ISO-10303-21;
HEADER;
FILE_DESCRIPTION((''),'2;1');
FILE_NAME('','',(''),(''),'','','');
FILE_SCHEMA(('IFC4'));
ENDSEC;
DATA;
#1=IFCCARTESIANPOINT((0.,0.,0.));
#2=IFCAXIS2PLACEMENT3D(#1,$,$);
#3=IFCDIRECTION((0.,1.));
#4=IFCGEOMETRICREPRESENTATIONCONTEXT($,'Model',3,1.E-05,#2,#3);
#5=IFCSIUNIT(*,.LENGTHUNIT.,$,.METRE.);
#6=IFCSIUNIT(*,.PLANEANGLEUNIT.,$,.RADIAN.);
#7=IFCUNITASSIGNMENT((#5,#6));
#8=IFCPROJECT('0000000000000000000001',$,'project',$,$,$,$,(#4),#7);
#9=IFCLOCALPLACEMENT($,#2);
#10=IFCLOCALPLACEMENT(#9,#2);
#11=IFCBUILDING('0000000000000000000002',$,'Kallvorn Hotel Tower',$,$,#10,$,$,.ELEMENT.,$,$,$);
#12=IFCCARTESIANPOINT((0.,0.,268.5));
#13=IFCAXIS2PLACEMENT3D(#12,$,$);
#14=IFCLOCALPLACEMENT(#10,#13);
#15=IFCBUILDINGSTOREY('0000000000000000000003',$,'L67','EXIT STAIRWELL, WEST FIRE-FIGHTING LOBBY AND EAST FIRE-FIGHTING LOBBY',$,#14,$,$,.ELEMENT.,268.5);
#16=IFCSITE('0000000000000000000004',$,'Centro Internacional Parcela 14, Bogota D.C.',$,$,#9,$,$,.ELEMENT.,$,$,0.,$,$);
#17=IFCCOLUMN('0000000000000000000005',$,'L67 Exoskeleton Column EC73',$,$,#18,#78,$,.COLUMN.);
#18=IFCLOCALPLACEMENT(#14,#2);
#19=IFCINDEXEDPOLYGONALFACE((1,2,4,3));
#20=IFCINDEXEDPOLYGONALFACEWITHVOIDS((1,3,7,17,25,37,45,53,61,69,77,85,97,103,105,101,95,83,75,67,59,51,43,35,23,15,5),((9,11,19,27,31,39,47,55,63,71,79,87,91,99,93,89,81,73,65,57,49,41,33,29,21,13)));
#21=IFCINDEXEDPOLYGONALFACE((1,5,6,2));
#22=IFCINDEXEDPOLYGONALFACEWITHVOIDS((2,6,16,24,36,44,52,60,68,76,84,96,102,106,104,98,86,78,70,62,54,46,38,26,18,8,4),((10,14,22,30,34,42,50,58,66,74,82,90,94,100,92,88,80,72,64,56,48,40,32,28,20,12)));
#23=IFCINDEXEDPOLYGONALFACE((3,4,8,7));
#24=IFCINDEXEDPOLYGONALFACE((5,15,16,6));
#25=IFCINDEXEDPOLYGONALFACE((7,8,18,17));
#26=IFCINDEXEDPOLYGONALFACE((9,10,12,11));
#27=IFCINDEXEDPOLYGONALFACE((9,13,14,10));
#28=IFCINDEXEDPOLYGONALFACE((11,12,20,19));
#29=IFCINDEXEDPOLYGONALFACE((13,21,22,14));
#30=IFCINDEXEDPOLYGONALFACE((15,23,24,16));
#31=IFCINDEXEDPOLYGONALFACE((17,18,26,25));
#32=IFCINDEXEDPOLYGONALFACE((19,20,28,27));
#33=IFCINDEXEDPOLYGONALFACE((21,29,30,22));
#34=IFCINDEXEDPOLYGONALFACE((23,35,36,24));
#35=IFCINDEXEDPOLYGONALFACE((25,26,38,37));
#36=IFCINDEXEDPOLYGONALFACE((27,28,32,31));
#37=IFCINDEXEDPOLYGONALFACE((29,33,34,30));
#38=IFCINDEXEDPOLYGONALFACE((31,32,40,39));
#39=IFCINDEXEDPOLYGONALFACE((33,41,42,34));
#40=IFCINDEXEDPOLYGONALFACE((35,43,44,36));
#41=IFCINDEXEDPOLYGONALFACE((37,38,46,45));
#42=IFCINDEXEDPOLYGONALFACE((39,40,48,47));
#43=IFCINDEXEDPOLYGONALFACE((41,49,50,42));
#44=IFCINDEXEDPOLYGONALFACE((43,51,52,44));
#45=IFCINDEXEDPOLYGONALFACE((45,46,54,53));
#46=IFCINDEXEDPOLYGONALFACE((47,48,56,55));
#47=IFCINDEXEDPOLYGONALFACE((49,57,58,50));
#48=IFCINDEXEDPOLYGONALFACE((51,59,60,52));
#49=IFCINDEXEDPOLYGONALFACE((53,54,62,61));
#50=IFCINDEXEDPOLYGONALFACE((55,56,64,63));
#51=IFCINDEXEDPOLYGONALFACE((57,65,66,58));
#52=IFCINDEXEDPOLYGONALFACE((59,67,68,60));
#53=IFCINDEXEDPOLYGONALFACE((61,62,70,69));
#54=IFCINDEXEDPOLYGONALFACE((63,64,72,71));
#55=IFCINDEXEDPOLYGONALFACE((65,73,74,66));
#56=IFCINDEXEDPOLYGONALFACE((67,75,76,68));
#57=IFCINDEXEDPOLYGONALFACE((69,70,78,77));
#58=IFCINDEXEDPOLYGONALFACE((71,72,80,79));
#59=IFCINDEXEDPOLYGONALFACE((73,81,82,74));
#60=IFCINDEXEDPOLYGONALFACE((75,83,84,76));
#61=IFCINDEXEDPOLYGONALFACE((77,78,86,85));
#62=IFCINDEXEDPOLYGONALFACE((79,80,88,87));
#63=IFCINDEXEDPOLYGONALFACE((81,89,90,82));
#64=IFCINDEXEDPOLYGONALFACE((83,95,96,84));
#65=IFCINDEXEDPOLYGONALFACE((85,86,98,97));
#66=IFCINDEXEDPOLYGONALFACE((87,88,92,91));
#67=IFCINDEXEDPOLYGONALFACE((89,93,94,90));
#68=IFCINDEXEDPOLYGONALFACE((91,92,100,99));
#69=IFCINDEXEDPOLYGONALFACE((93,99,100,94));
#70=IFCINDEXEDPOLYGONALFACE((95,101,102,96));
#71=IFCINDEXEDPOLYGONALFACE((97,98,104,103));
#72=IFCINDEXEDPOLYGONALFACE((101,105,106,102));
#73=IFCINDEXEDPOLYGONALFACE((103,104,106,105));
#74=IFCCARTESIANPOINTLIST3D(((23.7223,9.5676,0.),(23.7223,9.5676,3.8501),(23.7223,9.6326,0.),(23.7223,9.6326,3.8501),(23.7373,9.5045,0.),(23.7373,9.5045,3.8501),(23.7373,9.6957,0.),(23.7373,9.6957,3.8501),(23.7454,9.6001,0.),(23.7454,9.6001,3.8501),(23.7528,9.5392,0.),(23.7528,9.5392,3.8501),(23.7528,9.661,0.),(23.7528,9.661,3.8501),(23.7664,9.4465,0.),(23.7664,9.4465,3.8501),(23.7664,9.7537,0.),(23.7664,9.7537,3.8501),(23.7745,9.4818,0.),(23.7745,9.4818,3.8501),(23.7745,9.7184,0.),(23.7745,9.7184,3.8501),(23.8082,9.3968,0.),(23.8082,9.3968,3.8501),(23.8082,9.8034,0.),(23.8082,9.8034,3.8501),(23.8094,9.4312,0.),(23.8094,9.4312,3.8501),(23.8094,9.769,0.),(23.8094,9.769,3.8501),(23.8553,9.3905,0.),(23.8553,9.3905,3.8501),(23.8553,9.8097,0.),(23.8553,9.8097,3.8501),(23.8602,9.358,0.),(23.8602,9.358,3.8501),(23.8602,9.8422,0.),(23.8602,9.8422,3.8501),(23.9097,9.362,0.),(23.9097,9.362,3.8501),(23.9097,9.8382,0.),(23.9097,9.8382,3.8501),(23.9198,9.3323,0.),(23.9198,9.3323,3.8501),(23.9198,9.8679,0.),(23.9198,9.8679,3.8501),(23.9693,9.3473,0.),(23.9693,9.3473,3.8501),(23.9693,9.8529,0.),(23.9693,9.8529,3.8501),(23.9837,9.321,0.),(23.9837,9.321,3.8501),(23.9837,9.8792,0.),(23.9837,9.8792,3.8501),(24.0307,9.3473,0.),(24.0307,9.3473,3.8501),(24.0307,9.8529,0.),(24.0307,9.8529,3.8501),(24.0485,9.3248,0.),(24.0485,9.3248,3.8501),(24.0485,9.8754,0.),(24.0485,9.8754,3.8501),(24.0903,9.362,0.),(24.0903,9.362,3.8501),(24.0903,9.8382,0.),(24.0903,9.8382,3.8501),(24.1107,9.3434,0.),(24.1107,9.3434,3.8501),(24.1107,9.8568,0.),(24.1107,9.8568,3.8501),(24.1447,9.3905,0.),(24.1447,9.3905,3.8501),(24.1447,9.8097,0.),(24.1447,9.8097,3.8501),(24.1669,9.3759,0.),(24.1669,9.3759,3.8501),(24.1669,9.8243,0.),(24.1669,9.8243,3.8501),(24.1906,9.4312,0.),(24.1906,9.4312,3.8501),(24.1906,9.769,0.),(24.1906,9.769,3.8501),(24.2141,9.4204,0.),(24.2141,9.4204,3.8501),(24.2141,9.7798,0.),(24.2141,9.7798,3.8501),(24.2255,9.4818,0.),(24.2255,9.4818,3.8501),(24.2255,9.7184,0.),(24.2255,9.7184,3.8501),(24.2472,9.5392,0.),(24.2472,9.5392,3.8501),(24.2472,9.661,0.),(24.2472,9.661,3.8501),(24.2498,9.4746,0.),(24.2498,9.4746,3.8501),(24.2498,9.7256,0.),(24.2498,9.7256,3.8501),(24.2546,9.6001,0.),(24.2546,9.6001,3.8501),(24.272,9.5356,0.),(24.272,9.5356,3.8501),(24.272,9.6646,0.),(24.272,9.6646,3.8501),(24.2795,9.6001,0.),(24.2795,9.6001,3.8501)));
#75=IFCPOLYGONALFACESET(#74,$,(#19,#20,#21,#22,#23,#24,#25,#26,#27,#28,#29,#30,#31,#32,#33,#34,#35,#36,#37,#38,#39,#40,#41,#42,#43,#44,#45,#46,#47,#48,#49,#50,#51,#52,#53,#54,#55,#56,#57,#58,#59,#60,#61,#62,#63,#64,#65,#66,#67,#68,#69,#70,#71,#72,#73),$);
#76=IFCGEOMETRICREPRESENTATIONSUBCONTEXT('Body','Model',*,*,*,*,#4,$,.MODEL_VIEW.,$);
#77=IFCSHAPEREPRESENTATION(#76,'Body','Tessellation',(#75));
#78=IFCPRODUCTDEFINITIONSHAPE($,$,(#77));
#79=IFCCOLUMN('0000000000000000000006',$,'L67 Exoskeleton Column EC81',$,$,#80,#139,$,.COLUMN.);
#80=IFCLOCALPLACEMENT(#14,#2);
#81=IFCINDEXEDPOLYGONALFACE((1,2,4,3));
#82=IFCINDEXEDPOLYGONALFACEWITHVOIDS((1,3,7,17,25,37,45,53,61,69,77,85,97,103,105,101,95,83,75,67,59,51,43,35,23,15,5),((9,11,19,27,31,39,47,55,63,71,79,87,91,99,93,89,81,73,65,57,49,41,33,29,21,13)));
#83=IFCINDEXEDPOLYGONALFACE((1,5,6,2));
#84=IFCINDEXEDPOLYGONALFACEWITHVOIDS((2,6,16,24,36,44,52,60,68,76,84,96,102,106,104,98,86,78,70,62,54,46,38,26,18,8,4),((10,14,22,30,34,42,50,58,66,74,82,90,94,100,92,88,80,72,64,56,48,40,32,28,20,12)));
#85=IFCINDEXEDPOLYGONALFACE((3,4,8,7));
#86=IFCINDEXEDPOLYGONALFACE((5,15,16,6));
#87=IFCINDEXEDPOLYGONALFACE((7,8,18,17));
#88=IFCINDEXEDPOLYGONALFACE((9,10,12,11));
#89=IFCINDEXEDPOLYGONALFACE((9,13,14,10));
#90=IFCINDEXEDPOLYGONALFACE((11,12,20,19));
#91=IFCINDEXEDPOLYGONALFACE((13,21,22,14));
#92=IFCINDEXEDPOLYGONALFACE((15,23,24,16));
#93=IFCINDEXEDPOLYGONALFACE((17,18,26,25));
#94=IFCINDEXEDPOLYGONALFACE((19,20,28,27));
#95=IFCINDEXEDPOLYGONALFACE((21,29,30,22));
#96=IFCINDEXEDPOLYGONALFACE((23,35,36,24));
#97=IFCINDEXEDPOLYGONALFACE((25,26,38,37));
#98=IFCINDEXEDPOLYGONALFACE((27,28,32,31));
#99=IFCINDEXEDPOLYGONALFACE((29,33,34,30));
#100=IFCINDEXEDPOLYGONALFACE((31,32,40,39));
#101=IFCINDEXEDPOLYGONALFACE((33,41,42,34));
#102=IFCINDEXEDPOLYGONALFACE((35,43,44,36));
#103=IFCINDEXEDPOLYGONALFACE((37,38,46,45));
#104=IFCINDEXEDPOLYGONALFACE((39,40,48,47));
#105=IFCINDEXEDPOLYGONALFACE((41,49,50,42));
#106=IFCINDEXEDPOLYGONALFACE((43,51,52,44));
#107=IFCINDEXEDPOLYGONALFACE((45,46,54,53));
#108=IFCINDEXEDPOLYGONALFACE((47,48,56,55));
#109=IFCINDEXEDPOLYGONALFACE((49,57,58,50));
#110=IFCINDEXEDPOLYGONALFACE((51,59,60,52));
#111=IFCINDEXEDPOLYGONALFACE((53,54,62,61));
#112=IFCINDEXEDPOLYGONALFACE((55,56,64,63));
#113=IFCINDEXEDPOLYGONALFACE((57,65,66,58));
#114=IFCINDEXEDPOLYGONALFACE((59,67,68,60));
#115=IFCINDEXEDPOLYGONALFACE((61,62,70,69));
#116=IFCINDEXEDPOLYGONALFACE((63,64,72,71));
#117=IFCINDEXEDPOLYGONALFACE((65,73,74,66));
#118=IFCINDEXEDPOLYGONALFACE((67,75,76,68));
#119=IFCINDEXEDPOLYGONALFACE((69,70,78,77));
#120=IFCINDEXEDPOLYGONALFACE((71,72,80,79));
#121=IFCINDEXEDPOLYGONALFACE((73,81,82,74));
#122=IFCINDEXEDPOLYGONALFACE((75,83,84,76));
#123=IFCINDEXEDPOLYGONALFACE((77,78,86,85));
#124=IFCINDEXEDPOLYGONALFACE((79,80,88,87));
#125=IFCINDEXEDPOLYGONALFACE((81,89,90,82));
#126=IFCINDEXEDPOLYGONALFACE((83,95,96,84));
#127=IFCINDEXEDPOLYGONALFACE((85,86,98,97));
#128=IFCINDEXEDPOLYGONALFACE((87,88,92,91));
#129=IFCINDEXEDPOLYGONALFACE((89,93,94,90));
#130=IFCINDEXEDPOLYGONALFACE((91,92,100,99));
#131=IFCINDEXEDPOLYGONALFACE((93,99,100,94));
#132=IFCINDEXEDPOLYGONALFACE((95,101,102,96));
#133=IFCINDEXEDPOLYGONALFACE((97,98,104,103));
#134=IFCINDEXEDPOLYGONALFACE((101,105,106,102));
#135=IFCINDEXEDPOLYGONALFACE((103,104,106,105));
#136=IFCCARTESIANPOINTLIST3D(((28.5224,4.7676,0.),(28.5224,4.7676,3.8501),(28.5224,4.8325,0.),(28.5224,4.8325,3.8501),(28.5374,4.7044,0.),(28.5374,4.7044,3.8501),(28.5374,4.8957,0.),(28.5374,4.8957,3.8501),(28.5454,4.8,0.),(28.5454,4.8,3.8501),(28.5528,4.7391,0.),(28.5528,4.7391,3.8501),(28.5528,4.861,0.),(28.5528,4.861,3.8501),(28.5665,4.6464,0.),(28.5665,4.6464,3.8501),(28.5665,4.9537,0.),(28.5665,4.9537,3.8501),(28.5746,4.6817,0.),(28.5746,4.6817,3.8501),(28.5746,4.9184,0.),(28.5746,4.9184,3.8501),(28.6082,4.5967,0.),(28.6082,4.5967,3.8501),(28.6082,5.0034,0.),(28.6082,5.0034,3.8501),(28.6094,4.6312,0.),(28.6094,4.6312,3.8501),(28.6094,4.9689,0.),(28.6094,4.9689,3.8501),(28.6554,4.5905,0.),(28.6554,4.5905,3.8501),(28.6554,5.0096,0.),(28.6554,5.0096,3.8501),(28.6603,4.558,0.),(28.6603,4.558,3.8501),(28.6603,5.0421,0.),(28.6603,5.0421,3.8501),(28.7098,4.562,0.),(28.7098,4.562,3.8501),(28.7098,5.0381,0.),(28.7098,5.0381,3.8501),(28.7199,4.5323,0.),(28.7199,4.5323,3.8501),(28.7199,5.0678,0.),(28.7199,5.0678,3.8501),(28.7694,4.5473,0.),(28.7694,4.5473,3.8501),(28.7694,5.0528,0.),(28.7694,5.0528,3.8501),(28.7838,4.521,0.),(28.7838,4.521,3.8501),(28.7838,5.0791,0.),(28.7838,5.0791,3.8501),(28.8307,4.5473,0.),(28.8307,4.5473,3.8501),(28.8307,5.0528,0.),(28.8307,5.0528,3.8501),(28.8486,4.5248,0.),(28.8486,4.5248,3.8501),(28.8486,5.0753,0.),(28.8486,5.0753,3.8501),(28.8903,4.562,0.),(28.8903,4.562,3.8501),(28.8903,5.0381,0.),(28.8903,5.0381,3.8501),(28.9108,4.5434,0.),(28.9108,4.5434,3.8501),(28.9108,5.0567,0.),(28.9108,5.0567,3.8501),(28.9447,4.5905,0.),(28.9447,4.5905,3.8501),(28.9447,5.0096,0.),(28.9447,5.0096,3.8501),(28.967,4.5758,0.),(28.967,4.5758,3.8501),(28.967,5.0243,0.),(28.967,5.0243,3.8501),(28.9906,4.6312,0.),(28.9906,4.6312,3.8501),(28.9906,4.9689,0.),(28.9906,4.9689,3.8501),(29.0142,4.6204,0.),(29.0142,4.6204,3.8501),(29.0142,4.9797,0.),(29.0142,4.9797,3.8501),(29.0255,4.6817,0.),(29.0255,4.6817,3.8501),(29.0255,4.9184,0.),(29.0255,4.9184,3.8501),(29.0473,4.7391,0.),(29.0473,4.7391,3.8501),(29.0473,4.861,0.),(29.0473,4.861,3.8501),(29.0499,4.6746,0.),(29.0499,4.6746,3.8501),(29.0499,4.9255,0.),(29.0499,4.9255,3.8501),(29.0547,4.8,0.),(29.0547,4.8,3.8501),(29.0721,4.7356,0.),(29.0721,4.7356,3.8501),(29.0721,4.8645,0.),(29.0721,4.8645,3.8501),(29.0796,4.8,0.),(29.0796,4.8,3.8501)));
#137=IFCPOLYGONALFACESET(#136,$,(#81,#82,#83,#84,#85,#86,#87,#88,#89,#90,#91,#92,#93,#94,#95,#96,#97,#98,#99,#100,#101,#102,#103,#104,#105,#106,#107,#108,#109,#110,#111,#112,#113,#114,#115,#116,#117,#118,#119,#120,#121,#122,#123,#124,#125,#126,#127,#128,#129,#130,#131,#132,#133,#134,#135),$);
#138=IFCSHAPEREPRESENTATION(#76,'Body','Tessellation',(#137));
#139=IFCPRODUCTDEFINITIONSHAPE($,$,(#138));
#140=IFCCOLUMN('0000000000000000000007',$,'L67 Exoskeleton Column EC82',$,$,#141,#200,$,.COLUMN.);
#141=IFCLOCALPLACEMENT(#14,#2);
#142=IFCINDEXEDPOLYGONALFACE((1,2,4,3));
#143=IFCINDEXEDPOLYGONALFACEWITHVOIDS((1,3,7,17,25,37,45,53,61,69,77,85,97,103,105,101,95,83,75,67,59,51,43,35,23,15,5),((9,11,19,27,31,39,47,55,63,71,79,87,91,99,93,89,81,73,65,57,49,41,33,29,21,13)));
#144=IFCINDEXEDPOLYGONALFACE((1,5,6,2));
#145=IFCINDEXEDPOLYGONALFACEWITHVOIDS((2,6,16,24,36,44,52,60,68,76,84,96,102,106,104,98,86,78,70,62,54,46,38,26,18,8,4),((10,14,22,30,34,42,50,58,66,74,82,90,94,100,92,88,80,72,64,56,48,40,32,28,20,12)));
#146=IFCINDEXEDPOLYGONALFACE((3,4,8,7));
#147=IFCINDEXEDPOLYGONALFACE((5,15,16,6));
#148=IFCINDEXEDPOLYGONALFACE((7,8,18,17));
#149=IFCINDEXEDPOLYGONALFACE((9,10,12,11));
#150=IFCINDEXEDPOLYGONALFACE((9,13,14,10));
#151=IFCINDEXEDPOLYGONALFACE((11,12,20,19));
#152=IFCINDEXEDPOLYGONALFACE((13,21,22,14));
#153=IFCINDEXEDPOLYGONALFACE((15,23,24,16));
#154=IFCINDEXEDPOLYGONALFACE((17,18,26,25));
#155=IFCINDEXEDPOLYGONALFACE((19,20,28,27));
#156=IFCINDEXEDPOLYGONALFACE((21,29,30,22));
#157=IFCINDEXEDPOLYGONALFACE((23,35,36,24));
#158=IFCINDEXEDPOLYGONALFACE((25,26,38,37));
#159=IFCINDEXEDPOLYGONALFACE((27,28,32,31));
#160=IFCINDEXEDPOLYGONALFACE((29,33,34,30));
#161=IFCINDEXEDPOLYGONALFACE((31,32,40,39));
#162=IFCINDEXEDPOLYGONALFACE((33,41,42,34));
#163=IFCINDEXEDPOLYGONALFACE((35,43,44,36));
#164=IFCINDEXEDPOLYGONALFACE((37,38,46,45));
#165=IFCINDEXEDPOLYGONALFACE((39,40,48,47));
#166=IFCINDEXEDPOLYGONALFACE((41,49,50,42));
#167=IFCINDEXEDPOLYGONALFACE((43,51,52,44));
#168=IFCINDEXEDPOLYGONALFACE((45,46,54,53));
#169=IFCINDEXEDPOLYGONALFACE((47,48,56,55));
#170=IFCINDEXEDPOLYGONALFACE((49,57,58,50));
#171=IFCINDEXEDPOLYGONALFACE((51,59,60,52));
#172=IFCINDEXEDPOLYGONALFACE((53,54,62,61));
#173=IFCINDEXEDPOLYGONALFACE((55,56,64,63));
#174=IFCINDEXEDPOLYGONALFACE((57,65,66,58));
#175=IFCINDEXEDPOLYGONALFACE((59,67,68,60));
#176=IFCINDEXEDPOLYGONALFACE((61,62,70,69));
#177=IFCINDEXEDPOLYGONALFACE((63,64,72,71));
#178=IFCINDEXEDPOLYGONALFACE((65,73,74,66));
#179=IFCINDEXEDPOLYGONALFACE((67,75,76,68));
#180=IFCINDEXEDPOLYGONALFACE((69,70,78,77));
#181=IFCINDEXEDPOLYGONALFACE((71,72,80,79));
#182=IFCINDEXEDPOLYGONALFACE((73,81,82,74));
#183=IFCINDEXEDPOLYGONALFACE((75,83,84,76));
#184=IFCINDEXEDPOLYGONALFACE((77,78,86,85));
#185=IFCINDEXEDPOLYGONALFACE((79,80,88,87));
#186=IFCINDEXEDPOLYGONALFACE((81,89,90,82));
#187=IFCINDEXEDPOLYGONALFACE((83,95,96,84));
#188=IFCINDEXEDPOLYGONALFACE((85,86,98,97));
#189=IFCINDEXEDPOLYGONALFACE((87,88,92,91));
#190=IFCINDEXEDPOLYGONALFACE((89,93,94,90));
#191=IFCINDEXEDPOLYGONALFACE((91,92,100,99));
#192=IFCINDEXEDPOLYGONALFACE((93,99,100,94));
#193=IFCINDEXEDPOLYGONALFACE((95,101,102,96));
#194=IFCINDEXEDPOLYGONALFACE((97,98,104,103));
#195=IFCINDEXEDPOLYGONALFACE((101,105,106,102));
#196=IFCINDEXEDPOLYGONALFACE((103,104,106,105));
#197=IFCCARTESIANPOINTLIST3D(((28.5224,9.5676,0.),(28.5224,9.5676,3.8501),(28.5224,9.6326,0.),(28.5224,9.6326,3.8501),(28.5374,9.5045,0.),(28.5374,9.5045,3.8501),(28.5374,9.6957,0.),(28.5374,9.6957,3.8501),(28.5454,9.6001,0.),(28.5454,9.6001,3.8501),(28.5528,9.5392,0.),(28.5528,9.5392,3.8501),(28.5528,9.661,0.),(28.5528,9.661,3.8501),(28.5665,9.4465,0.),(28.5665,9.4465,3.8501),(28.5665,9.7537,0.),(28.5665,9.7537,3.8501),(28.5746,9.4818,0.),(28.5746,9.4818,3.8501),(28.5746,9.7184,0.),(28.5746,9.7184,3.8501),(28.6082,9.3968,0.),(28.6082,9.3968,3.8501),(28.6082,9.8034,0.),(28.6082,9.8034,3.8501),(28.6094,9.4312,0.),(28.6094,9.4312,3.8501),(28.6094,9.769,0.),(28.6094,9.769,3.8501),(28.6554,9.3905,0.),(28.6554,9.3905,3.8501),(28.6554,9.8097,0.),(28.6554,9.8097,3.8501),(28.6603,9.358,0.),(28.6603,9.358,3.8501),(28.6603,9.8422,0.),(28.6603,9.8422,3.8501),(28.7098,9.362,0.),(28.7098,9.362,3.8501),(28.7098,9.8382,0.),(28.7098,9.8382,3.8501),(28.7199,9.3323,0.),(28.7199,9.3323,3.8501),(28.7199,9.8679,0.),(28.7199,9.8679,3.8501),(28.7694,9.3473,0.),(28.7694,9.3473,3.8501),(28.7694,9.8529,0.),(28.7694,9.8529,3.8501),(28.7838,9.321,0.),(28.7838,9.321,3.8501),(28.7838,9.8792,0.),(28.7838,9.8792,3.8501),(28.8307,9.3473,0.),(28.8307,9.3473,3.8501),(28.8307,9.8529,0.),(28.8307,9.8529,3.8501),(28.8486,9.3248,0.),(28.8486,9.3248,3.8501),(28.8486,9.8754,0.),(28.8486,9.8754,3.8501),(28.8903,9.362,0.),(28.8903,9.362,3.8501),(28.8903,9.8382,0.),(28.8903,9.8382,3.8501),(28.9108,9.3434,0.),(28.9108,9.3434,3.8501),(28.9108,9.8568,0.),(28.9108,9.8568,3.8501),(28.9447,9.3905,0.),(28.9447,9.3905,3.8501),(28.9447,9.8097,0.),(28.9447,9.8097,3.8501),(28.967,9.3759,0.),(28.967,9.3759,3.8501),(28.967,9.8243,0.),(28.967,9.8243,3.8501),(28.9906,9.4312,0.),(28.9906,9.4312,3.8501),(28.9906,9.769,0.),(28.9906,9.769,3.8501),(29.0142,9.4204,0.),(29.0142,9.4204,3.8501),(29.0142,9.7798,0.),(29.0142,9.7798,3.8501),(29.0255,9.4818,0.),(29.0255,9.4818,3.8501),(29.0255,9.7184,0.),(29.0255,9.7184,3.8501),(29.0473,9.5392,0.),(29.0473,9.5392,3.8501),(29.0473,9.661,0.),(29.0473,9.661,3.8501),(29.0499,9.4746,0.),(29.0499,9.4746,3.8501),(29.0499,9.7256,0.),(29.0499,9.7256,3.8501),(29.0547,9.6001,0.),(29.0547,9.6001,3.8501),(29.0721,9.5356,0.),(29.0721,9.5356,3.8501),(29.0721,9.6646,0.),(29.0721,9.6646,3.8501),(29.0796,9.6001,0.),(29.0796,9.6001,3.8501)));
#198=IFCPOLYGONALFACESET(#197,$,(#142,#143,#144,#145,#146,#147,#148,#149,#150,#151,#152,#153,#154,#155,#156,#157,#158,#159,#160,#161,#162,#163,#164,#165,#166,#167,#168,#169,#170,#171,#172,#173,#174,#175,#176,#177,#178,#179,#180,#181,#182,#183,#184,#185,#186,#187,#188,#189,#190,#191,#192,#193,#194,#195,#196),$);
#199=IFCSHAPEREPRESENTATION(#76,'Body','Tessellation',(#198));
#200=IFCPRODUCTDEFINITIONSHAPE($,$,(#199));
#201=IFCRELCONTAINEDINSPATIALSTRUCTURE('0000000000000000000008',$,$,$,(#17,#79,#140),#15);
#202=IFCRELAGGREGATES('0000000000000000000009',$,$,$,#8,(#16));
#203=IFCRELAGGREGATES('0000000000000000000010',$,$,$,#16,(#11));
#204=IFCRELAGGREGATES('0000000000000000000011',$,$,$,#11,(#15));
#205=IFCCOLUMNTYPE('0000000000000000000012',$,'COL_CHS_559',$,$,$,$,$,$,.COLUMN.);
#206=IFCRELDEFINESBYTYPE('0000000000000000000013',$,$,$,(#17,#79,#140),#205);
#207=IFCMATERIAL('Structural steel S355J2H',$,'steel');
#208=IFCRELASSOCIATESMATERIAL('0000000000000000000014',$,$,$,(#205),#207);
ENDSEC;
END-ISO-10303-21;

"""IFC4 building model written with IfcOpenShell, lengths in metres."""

from ifc_helpers import new_model, si_unit, direction, frame, origin, origin_2d, place, context, subcontext, project, spatial, hollow_circle, extrude, material, material_profile, profile_set, type_object, element, save


model = new_model("IFC4")

# Units and contexts
model_context = context("Model", 3, precision=1e-05, world=origin(), true_north=direction((0.0, 1.0)))
body_context = subcontext(model_context, "Body", "Model", "MODEL_VIEW")
ifc_project = project(units=[si_unit("LENGTHUNIT", "METRE"), si_unit("PLANEANGLEUNIT", "RADIAN")], contexts=[model_context])

# Site, building, storey
site_placement = place(None, origin())
site = spatial("IfcSite", under=ifc_project, at=site_placement, Name="Centro Internacional Parcela 14, Bogota D.C.", CompositionType="ELEMENT", RefElevation=0.0)
building_placement = place(site_placement, origin())
building = spatial("IfcBuilding", under=site, at=building_placement, Name="Kallvorn Hotel Tower", CompositionType="ELEMENT")
storey_placement = place(building_placement, frame((0.0, 0.0, 268.5)))
storey = spatial("IfcBuildingStorey", under=building, at=storey_placement, Name="L67", Description="EXIT STAIRWELL, WEST FIRE-FIGHTING LOBBY AND EAST FIRE-FIGHTING LOBBY", CompositionType="ELEMENT", Elevation=268.5)

# Columns
ifc_material_1 = material(Name="Structural steel S355J2H", Category="steel")
ifc_material_profile_1 = material_profile(ifc_material_1, hollow_circle(Radius=0.2795, WallThickness=0.0249, at=origin_2d()), Name="CHS 559x25")
ifc_profile_set_1 = profile_set([ifc_material_profile_1], Name="Structural steel S355J2H")
column_type_1 = type_object("IfcColumnType", Name="COL_CHS_559", PredefinedType="COLUMN", material=ifc_profile_set_1)
for number, where, z_axis, x_axis, name in (
    (1, (24.0, 9.6001, 0.0), (0.0, 0.0, 1.0), (1.0, 0.0, 0.0), "L67 Exoskeleton Column EC73"),
    (2, (28.8, 4.8, 0.0), (0.0, 0.0, 1.0), (1.0, 0.0, 0.0), "L67 Exoskeleton Column EC81"),
    (3, (28.8, 9.6001, 0.0), (0.0, 0.0, 1.0), (1.0, 0.0, 0.0), "L67 Exoskeleton Column EC82"),
):
    element("IfcColumn", number, at=place(storey_placement, frame(where, z_axis=z_axis, x_axis=x_axis)), inside=storey, type_object=column_type_1, Name=name, PredefinedType="COLUMN", context=body_context, shape_type="SweptSolid", body=[
        extrude(hollow_circle(Radius=0.2795, WallThickness=0.0249, at=origin_2d()), origin(), (0.0, 0.0, 1.0), 3.8501),
    ])

save(model, "model.ifc")
